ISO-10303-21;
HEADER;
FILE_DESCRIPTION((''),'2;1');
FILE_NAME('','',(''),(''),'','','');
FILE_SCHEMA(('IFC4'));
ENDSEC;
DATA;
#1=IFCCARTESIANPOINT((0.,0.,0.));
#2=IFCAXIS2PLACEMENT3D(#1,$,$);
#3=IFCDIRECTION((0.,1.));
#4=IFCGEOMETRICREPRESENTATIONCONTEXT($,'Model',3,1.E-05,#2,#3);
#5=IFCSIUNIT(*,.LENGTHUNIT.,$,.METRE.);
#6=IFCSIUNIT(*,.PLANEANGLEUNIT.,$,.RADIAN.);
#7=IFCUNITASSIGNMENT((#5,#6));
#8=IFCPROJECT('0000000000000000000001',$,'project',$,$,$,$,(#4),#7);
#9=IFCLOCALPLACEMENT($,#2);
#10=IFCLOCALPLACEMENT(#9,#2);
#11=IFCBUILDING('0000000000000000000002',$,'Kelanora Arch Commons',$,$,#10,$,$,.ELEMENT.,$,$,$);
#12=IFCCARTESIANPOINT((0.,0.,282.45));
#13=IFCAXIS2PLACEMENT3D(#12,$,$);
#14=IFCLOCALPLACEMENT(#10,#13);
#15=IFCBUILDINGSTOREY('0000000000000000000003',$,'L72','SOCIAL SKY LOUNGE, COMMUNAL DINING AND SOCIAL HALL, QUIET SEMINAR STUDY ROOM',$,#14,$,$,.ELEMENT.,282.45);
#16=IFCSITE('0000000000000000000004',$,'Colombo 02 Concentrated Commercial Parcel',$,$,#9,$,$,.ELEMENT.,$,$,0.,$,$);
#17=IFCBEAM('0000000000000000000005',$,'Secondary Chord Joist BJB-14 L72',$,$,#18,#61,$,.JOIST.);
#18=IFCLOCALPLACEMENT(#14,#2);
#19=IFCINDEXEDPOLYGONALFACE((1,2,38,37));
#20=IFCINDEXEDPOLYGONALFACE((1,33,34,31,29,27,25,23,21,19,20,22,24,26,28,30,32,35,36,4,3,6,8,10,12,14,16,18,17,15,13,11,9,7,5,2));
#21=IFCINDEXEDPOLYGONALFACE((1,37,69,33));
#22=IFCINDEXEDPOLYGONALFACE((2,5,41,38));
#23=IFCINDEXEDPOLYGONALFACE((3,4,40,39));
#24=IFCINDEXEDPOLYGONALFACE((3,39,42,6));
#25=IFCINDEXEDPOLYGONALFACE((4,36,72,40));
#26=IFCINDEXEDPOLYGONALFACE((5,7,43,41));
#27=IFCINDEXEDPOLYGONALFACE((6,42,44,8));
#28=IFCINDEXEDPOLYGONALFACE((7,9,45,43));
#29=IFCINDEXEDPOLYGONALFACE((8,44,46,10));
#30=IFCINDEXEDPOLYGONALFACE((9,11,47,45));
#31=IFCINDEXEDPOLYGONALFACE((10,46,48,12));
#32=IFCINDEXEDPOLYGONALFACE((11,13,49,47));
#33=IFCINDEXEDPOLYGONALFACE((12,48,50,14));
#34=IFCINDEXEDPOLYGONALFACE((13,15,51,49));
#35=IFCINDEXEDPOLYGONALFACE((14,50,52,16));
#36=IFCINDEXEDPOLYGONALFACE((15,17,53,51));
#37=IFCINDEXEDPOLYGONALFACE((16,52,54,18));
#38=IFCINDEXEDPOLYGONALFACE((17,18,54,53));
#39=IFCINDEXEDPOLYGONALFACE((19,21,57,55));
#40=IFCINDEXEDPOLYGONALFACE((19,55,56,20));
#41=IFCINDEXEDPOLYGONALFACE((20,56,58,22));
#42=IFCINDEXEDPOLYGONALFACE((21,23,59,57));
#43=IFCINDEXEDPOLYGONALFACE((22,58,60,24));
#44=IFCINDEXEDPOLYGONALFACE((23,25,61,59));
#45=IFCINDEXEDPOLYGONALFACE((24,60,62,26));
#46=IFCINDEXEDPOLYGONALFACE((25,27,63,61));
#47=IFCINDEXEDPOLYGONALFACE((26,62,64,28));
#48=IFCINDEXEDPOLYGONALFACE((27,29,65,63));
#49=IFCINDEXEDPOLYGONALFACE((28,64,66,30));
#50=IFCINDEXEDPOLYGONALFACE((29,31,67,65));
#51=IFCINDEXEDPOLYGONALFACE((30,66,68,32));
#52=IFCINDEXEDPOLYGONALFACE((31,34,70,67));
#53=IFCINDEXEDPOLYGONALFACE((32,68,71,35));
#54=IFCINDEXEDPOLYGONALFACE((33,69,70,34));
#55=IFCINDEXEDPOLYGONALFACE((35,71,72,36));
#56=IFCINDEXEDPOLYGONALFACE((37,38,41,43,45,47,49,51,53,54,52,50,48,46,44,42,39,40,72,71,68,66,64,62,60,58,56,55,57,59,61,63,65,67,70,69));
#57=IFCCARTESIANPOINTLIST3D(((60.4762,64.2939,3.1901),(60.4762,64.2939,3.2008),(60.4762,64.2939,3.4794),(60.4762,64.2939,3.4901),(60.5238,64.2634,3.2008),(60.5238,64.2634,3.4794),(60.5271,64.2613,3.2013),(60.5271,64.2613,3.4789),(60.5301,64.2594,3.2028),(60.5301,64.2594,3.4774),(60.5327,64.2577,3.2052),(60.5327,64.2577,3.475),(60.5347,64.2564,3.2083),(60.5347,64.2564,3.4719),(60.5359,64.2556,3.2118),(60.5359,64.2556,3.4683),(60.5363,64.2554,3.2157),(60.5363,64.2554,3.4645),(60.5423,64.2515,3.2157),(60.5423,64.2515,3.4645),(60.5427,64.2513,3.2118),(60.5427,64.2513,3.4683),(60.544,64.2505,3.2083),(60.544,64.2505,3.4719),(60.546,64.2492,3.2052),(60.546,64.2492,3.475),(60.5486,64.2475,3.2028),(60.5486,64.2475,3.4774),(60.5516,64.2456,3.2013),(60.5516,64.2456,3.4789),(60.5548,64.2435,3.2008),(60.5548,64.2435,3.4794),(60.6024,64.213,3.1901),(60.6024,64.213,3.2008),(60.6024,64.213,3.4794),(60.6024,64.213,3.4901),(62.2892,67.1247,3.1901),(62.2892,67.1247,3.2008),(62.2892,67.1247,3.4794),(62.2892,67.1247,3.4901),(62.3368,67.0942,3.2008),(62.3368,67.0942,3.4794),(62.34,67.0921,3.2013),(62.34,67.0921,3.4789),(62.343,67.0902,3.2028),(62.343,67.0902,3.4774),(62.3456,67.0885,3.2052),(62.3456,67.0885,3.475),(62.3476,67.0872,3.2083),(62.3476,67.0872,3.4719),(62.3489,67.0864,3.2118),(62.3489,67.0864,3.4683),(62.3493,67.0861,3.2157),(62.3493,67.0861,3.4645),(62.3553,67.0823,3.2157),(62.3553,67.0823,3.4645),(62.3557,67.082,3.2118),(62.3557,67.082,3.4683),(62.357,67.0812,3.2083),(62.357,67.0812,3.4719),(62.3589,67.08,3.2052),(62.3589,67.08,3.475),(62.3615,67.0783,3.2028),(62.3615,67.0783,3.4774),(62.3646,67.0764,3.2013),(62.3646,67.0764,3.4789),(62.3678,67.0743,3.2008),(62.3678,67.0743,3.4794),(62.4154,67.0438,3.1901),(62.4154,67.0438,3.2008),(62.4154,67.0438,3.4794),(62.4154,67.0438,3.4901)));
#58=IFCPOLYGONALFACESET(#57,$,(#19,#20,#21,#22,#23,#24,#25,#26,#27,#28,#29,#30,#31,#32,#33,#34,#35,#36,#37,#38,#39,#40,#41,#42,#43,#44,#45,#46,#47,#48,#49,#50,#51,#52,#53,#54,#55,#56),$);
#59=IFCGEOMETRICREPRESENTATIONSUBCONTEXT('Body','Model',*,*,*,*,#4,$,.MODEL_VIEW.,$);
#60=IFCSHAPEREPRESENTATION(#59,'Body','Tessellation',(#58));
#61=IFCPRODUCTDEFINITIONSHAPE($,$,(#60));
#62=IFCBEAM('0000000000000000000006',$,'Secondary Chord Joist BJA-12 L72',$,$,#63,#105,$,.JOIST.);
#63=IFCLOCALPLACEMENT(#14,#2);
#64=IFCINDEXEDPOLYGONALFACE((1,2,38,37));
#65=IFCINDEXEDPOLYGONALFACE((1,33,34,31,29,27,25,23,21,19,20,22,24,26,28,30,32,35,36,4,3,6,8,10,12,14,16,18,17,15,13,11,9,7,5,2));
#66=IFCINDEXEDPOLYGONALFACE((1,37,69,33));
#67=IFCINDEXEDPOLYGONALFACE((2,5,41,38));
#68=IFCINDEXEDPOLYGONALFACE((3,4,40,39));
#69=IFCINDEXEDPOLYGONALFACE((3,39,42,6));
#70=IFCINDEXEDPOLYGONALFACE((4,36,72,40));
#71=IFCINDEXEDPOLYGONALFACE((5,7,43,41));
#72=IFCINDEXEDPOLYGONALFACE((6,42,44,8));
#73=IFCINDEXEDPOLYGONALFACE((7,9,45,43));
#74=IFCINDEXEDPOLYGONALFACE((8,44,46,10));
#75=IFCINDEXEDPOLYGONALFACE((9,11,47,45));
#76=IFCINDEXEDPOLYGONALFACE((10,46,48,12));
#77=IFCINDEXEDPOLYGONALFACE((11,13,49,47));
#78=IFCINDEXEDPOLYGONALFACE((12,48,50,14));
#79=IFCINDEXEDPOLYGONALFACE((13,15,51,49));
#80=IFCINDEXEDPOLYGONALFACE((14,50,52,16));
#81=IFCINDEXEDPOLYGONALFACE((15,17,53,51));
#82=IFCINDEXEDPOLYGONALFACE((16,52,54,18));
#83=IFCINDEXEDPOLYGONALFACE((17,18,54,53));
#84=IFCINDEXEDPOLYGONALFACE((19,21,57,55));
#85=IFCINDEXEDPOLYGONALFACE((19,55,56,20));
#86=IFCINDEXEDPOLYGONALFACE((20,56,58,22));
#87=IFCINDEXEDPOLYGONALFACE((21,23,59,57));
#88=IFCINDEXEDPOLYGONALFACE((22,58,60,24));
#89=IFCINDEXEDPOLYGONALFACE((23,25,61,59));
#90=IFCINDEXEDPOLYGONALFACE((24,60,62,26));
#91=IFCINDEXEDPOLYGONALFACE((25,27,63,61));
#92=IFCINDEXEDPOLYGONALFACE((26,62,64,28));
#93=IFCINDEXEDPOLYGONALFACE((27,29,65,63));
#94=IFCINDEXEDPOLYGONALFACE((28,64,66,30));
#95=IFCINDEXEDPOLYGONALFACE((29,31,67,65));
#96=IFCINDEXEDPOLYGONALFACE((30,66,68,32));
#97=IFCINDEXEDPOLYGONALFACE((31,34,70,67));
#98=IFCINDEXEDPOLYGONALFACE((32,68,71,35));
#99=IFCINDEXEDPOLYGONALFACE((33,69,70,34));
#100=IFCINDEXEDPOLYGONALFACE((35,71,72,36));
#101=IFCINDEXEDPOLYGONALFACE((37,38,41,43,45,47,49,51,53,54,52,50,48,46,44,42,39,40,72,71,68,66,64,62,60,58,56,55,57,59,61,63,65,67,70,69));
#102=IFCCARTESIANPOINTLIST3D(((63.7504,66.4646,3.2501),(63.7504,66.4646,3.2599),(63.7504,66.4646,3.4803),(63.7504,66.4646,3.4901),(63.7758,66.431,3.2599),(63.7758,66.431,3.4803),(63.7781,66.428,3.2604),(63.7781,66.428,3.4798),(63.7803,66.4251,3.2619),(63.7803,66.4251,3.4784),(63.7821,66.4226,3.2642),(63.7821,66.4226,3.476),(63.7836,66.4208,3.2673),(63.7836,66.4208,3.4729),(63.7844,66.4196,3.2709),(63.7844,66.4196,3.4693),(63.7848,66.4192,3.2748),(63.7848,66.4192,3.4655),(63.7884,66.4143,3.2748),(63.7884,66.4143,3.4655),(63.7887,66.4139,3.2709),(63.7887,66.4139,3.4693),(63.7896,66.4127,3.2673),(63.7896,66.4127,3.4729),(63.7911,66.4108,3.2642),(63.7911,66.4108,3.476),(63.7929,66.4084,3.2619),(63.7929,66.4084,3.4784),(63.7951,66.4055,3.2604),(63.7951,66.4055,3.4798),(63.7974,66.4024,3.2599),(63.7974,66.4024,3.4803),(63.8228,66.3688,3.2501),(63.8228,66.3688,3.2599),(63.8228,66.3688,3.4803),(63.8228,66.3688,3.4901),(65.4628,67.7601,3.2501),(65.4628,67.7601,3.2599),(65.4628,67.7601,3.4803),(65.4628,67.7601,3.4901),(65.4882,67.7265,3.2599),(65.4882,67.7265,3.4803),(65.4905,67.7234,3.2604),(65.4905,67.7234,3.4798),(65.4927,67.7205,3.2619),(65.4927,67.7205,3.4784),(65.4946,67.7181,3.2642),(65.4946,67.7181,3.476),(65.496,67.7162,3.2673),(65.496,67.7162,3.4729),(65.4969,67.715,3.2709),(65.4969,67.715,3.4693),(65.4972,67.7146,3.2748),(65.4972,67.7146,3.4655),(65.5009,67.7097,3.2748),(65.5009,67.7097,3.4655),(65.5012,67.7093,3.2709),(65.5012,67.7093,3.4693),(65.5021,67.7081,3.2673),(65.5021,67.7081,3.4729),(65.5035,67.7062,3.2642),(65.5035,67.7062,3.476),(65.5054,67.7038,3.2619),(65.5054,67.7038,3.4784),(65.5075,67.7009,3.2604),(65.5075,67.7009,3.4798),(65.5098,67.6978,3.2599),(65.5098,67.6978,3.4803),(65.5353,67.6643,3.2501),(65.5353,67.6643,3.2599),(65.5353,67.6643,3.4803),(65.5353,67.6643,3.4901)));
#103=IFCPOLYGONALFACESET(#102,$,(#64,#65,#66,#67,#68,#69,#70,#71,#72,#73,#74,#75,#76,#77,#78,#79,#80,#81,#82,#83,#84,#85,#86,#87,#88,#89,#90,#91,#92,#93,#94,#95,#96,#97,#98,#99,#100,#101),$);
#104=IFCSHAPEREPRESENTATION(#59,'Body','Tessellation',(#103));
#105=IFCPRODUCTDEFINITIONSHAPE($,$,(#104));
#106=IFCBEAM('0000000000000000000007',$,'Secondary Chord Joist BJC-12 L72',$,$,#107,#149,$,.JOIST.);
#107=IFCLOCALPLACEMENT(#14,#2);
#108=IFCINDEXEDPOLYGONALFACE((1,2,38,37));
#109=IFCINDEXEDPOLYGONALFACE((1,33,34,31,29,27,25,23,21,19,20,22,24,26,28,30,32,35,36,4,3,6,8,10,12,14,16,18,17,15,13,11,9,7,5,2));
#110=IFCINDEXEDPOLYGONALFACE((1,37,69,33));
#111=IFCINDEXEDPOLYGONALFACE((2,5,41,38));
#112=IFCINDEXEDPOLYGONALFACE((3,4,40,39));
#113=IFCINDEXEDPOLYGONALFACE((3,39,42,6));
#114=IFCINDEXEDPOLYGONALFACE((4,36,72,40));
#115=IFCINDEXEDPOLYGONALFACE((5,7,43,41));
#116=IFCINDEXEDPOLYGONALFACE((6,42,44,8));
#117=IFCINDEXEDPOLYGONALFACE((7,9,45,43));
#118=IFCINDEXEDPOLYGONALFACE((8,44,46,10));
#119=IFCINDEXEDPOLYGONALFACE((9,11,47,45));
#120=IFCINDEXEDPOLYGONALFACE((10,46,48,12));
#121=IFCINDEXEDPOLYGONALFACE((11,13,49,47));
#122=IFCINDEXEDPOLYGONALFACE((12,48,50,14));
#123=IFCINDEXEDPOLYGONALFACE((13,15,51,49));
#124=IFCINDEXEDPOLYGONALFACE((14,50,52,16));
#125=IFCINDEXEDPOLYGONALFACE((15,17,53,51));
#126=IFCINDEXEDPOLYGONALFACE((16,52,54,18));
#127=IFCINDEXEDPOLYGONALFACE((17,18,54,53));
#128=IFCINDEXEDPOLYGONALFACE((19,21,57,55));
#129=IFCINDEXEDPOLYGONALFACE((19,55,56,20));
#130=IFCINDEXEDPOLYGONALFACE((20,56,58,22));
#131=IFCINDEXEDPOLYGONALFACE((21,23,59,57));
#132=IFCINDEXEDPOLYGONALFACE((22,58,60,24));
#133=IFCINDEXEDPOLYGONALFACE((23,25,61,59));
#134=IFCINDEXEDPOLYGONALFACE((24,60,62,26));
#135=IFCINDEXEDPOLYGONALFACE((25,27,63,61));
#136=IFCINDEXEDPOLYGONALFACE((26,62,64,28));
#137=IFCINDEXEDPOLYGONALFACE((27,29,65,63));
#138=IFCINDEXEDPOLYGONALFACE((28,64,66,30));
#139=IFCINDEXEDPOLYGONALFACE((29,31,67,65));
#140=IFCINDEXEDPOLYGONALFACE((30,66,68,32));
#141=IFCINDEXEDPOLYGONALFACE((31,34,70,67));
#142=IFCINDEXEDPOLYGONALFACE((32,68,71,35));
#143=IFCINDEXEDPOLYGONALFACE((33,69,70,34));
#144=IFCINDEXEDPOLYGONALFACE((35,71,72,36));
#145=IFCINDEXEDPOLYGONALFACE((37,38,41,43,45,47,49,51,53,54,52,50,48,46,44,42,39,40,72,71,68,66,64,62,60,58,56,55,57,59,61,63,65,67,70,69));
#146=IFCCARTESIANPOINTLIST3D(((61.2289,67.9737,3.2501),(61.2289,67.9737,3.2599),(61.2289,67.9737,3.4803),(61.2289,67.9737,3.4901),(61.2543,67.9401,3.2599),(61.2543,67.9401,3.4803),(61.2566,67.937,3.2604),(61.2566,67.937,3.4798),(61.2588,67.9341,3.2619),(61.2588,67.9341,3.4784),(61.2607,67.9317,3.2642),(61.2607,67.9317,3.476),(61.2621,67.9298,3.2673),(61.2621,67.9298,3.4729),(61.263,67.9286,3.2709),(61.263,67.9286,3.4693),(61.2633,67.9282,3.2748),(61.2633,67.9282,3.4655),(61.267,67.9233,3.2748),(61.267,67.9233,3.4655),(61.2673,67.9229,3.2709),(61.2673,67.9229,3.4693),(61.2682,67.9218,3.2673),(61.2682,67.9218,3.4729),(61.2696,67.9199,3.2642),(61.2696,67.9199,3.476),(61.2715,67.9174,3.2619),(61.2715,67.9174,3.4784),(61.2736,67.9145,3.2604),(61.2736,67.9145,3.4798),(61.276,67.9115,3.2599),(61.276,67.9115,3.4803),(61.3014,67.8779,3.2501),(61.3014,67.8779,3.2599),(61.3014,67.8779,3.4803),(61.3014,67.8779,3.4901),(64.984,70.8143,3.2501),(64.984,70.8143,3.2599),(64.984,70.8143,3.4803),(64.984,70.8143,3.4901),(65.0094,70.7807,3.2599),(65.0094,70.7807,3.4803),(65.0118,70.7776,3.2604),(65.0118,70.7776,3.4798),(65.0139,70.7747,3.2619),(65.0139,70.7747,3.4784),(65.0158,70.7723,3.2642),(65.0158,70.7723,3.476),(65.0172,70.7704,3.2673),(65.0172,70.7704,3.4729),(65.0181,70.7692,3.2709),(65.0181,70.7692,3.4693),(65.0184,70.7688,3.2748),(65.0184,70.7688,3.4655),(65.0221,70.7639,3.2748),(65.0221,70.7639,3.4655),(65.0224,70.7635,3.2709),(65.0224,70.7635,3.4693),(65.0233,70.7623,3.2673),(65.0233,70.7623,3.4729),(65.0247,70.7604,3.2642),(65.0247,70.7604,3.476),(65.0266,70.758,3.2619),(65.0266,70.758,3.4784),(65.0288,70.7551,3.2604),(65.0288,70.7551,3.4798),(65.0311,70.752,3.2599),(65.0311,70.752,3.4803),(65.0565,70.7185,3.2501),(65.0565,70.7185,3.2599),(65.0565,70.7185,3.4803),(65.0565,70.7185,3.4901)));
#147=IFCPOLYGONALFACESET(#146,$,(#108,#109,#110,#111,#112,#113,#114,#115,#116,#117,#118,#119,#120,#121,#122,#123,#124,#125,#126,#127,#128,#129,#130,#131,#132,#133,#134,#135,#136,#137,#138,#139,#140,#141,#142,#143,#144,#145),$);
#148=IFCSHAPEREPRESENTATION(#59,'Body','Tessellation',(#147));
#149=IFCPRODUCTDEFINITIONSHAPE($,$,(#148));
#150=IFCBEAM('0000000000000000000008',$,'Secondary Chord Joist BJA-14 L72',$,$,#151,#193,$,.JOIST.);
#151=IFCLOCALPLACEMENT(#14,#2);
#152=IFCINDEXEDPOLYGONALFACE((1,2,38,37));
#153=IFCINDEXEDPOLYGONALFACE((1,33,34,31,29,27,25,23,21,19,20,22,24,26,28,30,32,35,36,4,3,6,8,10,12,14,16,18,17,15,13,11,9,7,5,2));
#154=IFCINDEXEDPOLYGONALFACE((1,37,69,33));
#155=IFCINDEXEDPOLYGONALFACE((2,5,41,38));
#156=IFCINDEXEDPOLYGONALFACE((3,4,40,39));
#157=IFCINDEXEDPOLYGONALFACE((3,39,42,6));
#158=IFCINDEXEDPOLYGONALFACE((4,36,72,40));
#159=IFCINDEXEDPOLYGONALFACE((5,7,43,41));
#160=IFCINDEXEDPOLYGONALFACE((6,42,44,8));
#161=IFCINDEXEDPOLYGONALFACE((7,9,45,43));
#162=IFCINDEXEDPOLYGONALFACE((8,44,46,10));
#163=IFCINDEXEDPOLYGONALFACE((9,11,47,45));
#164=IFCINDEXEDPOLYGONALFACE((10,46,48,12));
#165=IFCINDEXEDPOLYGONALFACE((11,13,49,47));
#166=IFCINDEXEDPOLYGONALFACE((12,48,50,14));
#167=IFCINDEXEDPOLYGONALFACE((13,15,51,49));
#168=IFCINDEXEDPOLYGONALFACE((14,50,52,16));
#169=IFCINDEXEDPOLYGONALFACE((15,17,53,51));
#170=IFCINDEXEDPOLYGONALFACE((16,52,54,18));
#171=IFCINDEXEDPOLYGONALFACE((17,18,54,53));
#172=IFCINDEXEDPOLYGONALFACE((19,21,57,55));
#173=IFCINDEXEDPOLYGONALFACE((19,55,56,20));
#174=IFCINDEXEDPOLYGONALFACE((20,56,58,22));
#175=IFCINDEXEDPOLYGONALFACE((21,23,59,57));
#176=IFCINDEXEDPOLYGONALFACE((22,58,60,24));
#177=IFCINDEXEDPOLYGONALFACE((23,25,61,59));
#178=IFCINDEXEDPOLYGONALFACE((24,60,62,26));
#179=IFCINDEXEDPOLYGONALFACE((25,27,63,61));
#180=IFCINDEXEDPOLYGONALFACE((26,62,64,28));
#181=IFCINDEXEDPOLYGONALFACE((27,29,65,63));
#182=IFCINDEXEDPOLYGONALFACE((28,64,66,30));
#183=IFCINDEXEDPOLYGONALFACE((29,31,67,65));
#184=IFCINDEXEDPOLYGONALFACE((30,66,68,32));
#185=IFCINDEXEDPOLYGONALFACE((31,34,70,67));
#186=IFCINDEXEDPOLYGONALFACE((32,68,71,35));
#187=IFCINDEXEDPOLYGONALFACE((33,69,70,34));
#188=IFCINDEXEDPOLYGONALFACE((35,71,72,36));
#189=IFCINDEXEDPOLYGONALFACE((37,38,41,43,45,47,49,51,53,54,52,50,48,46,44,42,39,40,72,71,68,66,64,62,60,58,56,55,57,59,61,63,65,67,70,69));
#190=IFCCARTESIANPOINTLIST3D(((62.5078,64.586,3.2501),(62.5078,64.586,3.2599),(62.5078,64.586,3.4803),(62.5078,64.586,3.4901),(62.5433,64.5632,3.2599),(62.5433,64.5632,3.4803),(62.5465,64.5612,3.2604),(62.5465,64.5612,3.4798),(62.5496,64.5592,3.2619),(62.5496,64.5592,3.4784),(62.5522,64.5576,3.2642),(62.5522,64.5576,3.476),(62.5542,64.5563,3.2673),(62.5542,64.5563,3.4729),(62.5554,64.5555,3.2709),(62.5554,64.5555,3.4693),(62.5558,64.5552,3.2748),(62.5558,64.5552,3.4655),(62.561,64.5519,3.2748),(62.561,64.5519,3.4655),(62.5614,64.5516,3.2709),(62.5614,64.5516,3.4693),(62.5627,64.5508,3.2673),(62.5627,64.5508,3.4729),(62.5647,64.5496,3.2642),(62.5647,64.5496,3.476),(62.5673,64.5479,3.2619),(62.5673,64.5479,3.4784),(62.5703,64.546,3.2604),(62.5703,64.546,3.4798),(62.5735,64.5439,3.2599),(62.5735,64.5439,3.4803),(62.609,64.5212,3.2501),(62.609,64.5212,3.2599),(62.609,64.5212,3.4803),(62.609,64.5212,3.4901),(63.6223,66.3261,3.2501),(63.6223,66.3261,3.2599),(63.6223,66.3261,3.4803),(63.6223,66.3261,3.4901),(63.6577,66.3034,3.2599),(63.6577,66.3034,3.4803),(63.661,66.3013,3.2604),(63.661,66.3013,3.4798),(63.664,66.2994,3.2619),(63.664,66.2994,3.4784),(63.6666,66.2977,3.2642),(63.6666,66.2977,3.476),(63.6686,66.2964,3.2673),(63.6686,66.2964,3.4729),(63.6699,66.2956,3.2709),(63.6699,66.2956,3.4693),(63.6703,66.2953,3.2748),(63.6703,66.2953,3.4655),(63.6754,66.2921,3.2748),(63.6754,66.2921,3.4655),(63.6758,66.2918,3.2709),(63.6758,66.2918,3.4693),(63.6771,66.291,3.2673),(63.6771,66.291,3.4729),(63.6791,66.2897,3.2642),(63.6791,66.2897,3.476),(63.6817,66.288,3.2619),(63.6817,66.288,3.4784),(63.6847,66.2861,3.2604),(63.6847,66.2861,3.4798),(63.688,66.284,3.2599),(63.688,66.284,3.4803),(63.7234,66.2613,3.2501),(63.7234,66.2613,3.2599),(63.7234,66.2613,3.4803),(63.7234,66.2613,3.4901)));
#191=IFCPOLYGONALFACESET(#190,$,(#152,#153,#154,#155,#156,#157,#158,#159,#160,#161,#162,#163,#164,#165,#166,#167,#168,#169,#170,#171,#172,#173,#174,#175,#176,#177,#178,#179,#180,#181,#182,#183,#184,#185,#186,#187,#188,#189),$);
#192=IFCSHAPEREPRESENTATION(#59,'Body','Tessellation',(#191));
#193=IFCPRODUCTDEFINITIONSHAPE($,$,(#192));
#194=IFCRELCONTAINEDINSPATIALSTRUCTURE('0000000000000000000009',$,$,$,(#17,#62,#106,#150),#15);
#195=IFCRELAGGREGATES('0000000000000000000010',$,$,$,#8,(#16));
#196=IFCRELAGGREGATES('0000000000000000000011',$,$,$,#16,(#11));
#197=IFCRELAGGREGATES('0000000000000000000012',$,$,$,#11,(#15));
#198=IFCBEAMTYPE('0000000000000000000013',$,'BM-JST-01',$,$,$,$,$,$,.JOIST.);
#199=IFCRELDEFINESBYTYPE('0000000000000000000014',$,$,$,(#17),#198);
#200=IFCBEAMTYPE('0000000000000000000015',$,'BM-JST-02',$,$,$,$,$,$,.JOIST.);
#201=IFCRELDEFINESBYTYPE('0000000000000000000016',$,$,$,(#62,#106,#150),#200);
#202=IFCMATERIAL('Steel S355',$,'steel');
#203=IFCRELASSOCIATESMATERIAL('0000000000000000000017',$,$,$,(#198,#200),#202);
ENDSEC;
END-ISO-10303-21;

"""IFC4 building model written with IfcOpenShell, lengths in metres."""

from ifc_helpers import new_model, si_unit, direction, frame, origin, origin_2d, place, context, subcontext, project, spatial, i_section, extrude, material, material_profile, profile_set, type_object, element, save


model = new_model("IFC4")

# Units and contexts
model_context = context("Model", 3, precision=1e-05, world=origin(), true_north=direction((0.0, 1.0)))
body_context = subcontext(model_context, "Body", "Model", "MODEL_VIEW")
ifc_project = project(units=[si_unit("LENGTHUNIT", "METRE"), si_unit("PLANEANGLEUNIT", "RADIAN")], contexts=[model_context])

# Site, building, storey
site_placement = place(None, origin())
site = spatial("IfcSite", under=ifc_project, at=site_placement, Name="Colombo 02 Concentrated Commercial Parcel", CompositionType="ELEMENT", RefElevation=0.0)
building_placement = place(site_placement, origin())
building = spatial("IfcBuilding", under=site, at=building_placement, Name="Kelanora Arch Commons", CompositionType="ELEMENT")
storey_placement = place(building_placement, frame((0.0, 0.0, 282.45)))
storey = spatial("IfcBuildingStorey", under=building, at=storey_placement, Name="L72", Description="SOCIAL SKY LOUNGE, COMMUNAL DINING AND SOCIAL HALL, QUIET SEMINAR STUDY ROOM", CompositionType="ELEMENT", Elevation=282.45)

# Beams
ifc_material_1 = material(Name="Steel S355", Category="steel")
ifc_material_profile_1 = material_profile(ifc_material_1, i_section(OverallWidth=0.1499, OverallDepth=0.3, WebThickness=0.0071, FlangeThickness=0.0107, FilletRadius=0.0149, at=origin_2d()), Name="IPE300")
ifc_profile_set_1 = profile_set([ifc_material_profile_1], Name="Steel S355")
beam_type_1 = type_object("IfcBeamType", Name="BM-JST-01", PredefinedType="JOIST", material=ifc_profile_set_1)
beam_1_placement = place(storey_placement, frame((62.3523, 67.0842, 3.3401), z_axis=(-0.539322, -0.8421, 0.0), x_axis=(0.8421, -0.539322, 0.0)))
element("IfcBeam", 1, at=beam_1_placement, inside=storey, type_object=beam_type_1, Name="Secondary Chord Joist BJB-14 L72", PredefinedType="JOIST", context=body_context, shape_type="SweptSolid", body=[
    extrude(i_section(OverallWidth=0.1499, OverallDepth=0.3, WebThickness=0.0071, FlangeThickness=0.0107, FilletRadius=0.0149, at=origin_2d()), origin(), (0.0, 0.0, 1.0), 3.3616),
])
ifc_material_profile_2 = material_profile(ifc_material_1, i_section(OverallWidth=0.1201, OverallDepth=0.24, WebThickness=0.0061, FlangeThickness=0.0098, FilletRadius=0.0149, at=origin_2d()), Name="IPE240")
ifc_profile_set_2 = profile_set([ifc_material_profile_2], Name="Steel S355")
beam_type_2 = type_object("IfcBeamType", Name="BM-JST-02", PredefinedType="JOIST", material=ifc_profile_set_2)
beam_2_placement = place(storey_placement, frame((65.499, 67.7122, 3.3701), z_axis=(-0.79751, -0.603306, 0.0), x_axis=(0.603306, -0.79751, 0.0)))
element("IfcBeam", 2, at=beam_2_placement, inside=storey, type_object=beam_type_2, Name="Secondary Chord Joist BJA-12 L72", PredefinedType="JOIST", context=body_context, shape_type="SweptSolid", body=[
    extrude(i_section(OverallWidth=0.1201, OverallDepth=0.24, WebThickness=0.0061, FlangeThickness=0.0098, FilletRadius=0.0149, at=origin_2d()), origin(), (0.0, 0.0, 1.0), 2.1472),
])
beam_3_placement = place(storey_placement, frame((65.0203, 70.7664, 3.3701), z_axis=(-0.797523, -0.603289, 0.0), x_axis=(0.603289, -0.797523, 0.0)))
element("IfcBeam", 3, at=beam_3_placement, inside=storey, type_object=beam_type_2, Name="Secondary Chord Joist BJC-12 L72", PredefinedType="JOIST", context=body_context, shape_type="SweptSolid", body=[
    extrude(i_section(OverallWidth=0.1201, OverallDepth=0.24, WebThickness=0.0061, FlangeThickness=0.0098, FilletRadius=0.0149, at=origin_2d()), origin(), (0.0, 0.0, 1.0), 4.7085),
])
beam_4_placement = place(storey_placement, frame((63.6729, 66.2937, 3.3701), z_axis=(-0.539312, -0.842106, 0.0), x_axis=(0.842106, -0.539312, 0.0)))
element("IfcBeam", 4, at=beam_4_placement, inside=storey, type_object=beam_type_2, Name="Secondary Chord Joist BJA-14 L72", PredefinedType="JOIST", context=body_context, shape_type="SweptSolid", body=[
    extrude(i_section(OverallWidth=0.1201, OverallDepth=0.24, WebThickness=0.0061, FlangeThickness=0.0098, FilletRadius=0.0149, at=origin_2d()), origin(), (0.0, 0.0, 1.0), 2.0664),
])

save(model, "model.ifc")
